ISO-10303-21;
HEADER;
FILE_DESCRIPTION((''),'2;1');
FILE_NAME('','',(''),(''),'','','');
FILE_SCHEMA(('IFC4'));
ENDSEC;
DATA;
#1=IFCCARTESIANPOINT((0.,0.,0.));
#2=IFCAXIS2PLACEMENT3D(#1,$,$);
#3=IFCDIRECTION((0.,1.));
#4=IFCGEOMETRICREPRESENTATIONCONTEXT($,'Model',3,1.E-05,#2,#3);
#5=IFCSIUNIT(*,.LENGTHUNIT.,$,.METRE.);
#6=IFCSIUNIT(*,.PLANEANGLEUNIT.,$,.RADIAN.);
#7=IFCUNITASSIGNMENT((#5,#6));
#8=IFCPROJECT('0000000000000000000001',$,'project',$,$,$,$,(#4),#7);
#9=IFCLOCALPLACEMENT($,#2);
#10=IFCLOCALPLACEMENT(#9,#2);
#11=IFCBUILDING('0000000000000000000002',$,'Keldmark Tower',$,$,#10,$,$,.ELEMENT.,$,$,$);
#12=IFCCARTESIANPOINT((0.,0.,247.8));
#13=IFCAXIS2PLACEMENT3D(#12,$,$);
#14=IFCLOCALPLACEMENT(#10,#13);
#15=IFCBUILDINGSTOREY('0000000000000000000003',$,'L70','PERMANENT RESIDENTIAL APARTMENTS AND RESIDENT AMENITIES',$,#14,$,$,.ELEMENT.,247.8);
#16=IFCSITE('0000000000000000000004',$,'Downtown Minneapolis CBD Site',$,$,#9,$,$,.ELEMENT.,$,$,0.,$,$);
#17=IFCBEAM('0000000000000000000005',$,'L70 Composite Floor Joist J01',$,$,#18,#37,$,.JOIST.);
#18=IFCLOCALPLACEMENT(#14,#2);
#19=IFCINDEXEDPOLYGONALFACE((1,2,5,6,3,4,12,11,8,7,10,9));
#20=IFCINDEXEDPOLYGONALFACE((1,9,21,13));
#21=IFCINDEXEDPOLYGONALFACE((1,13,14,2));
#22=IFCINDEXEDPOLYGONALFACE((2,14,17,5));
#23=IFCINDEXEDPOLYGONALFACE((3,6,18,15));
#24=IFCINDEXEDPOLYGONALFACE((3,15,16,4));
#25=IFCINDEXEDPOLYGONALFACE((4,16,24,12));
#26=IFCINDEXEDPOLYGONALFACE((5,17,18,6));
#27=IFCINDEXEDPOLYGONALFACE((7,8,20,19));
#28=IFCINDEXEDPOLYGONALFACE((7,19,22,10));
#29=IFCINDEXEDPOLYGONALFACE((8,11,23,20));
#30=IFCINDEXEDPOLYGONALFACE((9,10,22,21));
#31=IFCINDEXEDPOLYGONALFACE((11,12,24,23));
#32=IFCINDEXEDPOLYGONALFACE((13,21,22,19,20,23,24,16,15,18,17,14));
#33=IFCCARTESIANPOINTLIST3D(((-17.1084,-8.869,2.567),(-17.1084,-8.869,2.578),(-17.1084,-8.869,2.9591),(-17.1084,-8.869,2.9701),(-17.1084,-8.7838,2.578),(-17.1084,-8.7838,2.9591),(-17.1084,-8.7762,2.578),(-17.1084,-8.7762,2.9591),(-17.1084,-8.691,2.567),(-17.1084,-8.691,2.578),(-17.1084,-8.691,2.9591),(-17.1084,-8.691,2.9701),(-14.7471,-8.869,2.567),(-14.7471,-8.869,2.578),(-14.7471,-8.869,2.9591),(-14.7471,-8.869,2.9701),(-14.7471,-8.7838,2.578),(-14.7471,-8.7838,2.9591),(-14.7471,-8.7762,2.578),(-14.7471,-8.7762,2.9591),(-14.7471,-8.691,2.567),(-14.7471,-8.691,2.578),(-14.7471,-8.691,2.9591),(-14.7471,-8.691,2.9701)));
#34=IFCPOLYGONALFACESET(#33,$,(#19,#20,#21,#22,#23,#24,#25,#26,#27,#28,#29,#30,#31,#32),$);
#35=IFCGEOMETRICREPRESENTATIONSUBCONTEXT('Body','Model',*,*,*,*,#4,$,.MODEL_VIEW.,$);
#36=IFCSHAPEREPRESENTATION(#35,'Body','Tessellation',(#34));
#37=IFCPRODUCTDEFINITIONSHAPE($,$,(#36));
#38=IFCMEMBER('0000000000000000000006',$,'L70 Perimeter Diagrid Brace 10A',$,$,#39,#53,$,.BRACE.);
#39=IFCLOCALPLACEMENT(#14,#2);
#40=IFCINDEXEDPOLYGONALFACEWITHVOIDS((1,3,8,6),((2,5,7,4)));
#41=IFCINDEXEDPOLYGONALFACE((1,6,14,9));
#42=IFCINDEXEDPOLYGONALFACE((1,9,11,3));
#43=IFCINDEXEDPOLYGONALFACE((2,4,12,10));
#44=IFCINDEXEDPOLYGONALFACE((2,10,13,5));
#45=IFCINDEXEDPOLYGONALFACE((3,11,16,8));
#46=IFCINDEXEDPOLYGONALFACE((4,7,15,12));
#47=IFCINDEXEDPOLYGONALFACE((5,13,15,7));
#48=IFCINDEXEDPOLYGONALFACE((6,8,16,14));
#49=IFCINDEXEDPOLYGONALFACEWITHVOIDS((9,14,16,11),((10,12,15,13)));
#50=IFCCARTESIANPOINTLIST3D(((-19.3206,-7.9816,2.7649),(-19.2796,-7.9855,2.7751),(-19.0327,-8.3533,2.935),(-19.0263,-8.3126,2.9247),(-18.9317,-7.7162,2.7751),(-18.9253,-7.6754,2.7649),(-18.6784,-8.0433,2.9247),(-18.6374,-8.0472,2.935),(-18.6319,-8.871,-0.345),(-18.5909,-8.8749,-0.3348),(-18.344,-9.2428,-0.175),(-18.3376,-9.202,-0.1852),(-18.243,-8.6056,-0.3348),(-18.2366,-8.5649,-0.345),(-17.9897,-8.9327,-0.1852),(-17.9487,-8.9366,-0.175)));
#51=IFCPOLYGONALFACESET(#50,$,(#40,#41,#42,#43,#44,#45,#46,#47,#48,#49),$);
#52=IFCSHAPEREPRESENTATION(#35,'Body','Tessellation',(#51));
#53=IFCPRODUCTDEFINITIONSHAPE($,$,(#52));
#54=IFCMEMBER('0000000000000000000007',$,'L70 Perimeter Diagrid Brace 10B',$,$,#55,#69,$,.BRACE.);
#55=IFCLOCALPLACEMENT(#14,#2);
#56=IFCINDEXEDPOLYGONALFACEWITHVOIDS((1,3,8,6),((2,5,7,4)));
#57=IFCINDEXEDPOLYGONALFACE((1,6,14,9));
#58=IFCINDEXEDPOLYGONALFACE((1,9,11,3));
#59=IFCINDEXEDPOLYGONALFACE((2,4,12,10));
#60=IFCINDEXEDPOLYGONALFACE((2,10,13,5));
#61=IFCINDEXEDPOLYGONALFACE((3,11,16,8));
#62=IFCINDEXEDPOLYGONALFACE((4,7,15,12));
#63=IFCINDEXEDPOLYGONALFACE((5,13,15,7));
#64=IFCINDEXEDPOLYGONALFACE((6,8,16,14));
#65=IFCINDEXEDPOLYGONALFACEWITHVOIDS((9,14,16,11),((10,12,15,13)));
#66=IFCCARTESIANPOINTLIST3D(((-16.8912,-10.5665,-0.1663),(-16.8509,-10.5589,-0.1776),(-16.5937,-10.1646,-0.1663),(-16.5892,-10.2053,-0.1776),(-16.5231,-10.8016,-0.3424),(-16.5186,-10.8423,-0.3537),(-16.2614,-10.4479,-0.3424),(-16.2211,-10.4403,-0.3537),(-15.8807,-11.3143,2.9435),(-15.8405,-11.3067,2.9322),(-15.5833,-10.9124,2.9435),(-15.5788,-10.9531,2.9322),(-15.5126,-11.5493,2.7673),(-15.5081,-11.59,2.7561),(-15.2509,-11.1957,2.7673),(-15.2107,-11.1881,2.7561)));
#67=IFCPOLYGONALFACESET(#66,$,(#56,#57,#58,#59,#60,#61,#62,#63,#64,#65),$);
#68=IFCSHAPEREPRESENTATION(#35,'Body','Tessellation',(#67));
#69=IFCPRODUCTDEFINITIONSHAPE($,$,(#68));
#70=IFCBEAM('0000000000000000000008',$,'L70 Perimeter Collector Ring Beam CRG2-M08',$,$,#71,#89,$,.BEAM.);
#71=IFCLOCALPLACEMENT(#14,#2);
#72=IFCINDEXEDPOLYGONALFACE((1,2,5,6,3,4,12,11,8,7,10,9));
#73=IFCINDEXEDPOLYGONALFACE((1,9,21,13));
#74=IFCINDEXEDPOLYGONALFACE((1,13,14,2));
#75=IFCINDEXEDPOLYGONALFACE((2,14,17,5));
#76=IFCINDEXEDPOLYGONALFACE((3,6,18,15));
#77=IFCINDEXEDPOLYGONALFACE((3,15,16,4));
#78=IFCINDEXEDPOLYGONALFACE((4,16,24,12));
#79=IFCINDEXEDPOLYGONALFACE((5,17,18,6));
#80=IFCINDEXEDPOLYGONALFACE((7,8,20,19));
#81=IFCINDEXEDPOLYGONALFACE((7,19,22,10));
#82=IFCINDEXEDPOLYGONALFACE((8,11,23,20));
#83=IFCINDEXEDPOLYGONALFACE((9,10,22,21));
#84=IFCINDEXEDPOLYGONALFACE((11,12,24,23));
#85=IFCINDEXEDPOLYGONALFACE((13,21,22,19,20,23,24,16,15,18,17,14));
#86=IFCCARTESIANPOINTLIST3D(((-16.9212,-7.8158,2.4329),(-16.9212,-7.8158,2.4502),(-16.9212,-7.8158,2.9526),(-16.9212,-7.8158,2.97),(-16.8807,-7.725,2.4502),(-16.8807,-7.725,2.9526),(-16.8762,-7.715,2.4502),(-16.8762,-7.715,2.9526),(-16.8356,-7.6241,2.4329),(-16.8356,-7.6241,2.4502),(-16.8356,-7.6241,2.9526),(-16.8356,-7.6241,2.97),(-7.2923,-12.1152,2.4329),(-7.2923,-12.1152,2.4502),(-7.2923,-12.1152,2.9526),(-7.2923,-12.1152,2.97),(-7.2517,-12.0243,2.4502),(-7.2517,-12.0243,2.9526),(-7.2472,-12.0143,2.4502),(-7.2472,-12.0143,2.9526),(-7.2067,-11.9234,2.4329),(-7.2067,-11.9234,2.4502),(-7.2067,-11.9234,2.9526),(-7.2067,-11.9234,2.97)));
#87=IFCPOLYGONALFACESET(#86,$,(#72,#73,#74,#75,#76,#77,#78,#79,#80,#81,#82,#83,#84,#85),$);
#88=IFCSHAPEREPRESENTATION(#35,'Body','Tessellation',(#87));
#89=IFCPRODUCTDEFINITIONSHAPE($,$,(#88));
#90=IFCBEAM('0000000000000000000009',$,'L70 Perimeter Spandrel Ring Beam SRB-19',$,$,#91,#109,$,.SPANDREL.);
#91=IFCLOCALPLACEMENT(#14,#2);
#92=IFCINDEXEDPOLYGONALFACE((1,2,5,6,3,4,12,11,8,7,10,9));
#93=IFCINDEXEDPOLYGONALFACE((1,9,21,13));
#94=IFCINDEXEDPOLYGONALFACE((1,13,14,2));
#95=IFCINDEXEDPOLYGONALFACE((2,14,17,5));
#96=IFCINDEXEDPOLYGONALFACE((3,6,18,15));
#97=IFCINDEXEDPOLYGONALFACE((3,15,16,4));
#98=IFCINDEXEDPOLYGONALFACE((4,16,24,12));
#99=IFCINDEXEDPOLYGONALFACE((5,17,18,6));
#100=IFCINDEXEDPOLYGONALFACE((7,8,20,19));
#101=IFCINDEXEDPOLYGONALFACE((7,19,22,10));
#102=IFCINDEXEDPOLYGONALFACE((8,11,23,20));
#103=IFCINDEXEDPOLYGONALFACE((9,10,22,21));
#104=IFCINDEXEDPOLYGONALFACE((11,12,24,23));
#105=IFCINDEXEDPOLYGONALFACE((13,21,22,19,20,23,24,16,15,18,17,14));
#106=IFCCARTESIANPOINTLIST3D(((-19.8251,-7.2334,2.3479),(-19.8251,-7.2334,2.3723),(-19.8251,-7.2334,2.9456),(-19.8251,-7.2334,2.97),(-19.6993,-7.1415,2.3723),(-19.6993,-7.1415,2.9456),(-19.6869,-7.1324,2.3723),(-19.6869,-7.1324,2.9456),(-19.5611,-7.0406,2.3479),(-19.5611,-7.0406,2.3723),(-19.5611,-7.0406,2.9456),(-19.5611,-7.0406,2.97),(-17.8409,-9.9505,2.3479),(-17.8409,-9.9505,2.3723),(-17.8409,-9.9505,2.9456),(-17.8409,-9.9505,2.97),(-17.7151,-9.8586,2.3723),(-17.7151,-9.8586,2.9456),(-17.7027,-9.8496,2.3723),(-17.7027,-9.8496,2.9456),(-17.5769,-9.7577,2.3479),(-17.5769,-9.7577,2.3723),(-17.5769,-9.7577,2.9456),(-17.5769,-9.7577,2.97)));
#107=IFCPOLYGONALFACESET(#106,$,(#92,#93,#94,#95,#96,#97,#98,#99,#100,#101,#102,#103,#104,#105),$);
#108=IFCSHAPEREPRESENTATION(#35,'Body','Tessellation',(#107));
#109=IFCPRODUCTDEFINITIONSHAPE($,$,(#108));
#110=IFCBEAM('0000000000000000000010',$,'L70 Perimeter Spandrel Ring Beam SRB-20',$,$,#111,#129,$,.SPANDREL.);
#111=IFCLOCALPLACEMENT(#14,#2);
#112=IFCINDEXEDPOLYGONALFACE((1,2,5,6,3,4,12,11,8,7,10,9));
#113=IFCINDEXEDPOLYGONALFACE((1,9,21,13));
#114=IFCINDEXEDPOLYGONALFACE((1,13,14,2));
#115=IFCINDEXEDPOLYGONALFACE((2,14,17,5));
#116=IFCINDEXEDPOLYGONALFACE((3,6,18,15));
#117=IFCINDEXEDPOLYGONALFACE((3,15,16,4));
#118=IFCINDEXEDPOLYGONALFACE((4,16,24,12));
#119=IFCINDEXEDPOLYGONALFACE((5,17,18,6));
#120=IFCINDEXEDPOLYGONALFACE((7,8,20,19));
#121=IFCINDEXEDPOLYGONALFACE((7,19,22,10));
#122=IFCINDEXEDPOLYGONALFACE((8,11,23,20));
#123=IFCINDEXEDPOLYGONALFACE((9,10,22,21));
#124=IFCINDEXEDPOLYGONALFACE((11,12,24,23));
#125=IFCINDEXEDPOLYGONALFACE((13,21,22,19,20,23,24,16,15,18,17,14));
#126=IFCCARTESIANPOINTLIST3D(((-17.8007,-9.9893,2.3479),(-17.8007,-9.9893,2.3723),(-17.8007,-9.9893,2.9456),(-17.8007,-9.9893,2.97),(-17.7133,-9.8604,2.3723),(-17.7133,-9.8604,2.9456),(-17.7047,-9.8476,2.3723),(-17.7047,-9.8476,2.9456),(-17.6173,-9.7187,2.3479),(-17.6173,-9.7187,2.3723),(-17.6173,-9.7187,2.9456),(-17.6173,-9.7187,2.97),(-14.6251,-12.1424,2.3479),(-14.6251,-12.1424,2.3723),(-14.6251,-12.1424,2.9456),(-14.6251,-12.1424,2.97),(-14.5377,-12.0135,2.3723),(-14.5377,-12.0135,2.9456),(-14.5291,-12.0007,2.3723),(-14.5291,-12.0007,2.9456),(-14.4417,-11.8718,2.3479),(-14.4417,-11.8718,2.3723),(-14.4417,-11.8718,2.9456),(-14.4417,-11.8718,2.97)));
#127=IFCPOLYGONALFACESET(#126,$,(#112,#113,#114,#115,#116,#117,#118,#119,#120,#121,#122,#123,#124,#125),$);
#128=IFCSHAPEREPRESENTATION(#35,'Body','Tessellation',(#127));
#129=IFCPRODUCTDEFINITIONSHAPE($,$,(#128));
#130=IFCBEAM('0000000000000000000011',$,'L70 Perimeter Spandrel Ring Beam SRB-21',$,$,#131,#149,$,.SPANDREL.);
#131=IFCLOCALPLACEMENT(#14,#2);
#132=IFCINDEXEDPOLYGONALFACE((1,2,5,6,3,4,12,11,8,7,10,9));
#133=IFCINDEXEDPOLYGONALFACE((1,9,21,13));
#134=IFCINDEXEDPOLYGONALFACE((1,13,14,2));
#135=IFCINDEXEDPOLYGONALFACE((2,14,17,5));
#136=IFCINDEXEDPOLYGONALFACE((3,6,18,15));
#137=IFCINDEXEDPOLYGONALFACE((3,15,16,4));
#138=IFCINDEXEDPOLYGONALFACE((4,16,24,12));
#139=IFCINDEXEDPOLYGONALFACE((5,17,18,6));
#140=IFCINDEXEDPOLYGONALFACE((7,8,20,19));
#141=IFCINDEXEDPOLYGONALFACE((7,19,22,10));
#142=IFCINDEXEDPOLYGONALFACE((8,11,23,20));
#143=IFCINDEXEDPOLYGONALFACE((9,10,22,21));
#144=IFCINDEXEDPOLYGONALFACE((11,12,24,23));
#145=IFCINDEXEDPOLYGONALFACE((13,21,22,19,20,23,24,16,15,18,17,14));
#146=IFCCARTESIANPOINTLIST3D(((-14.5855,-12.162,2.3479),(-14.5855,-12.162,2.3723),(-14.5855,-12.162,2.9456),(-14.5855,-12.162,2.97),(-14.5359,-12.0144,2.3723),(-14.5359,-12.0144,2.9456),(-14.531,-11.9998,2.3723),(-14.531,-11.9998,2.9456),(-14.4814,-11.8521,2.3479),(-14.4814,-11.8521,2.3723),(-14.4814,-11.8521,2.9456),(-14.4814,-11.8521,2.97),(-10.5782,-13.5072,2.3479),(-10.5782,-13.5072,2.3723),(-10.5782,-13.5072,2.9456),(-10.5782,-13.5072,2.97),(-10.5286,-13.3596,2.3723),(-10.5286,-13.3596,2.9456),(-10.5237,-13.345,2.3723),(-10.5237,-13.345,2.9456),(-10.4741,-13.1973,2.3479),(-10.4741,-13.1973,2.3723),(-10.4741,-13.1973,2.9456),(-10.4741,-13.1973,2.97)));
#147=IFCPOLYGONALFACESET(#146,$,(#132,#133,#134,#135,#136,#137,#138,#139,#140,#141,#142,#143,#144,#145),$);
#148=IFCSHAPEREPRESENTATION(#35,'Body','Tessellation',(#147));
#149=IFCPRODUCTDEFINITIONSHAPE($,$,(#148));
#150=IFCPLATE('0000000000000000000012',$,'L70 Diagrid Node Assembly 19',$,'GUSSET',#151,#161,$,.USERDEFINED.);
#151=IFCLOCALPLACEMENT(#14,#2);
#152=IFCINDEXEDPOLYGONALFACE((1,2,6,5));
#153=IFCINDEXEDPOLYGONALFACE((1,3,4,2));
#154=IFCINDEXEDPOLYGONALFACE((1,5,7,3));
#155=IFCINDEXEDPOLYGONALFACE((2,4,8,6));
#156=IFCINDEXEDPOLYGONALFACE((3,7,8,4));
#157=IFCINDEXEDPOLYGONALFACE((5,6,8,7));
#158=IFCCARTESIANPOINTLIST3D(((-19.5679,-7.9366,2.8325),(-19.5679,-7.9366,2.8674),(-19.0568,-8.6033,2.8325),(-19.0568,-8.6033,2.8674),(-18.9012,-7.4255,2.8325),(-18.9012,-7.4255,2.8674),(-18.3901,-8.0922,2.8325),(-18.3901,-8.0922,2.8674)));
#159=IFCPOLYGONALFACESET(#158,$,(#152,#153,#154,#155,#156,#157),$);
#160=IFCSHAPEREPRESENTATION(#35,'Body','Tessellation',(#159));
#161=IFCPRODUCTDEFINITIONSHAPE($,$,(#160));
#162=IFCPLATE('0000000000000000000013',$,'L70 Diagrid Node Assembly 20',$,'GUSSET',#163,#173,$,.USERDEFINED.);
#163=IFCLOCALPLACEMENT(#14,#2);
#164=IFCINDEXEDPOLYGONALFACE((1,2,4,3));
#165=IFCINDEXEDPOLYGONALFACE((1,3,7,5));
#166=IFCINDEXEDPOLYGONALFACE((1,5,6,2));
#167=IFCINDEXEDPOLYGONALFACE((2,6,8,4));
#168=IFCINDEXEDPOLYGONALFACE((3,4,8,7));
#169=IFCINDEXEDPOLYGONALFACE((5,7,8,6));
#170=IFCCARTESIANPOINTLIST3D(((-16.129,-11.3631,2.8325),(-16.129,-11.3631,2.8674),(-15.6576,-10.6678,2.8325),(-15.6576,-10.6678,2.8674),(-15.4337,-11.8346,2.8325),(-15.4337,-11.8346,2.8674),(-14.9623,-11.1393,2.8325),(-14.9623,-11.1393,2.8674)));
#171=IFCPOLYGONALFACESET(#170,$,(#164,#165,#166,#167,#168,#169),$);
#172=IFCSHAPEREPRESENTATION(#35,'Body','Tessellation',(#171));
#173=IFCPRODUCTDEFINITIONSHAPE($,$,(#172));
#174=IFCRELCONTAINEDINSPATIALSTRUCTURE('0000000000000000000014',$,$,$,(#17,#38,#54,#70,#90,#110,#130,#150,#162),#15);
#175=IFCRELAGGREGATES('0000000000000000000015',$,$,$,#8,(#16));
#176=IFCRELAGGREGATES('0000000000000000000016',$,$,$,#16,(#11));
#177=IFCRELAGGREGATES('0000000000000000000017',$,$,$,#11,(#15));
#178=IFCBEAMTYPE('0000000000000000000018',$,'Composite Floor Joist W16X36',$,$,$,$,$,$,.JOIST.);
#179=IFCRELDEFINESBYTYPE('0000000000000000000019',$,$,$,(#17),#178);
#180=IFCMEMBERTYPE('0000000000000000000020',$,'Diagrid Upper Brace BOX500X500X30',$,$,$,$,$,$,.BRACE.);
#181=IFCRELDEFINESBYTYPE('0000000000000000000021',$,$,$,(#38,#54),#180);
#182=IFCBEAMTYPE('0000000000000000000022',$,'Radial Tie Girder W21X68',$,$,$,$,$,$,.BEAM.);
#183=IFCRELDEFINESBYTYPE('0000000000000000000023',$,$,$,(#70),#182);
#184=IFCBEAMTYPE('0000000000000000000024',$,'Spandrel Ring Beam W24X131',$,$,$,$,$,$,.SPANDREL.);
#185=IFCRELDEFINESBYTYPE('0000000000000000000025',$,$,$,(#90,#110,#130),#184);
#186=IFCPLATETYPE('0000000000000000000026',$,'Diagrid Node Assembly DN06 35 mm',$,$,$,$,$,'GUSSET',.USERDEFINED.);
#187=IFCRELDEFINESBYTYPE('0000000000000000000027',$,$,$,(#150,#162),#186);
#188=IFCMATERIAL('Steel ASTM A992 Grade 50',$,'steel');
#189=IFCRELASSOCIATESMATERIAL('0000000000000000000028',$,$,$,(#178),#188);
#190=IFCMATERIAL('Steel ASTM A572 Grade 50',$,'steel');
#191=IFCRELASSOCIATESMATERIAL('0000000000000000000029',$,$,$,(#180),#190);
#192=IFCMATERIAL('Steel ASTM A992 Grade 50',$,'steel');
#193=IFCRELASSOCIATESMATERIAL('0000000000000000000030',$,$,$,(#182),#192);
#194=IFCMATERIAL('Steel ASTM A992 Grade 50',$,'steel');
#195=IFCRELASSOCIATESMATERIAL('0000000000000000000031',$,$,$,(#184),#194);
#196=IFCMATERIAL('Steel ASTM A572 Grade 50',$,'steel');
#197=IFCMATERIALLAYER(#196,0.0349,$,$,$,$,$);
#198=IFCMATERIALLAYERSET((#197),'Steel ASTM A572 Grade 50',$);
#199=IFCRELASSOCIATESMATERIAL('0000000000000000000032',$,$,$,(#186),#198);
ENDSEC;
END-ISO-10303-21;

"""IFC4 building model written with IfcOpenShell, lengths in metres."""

from ifc_helpers import new_model, si_unit, direction, frame, origin, origin_2d, place, context, subcontext, project, spatial, rectangle, hollow_rectangle, i_section, extrude, material, layer, layer_set, material_profile, profile_set, type_object, element, save


model = new_model("IFC4")

# Units and contexts
model_context = context("Model", 3, precision=1e-05, world=origin(), true_north=direction((0.0, 1.0)))
body_context = subcontext(model_context, "Body", "Model", "MODEL_VIEW")
ifc_project = project(units=[si_unit("LENGTHUNIT", "METRE"), si_unit("PLANEANGLEUNIT", "RADIAN")], contexts=[model_context])

# Site, building, storey
site_placement = place(None, origin())
site = spatial("IfcSite", under=ifc_project, at=site_placement, Name="Downtown Minneapolis CBD Site", CompositionType="ELEMENT", RefElevation=0.0)
building_placement = place(site_placement, origin())
building = spatial("IfcBuilding", under=site, at=building_placement, Name="Keldmark Tower", CompositionType="ELEMENT")
storey_placement = place(building_placement, frame((0.0, 0.0, 247.8)))
storey = spatial("IfcBuildingStorey", under=building, at=storey_placement, Name="L70", Description="PERMANENT RESIDENTIAL APARTMENTS AND RESIDENT AMENITIES", CompositionType="ELEMENT", Elevation=247.8)

# Beam
ifc_material_1 = material(Name="Steel ASTM A992 Grade 50", Category="steel")
ifc_material_profile_1 = material_profile(ifc_material_1, i_section(OverallWidth=0.178, OverallDepth=0.4031, WebThickness=0.0076, FlangeThickness=0.011, at=origin_2d()), Name="W16X36")
ifc_profile_set_1 = profile_set([ifc_material_profile_1], Name="Steel ASTM A992 Grade 50")
beam_type_1 = type_object("IfcBeamType", Name="Composite Floor Joist W16X36", PredefinedType="JOIST", material=ifc_profile_set_1)
beam_1_placement = place(storey_placement, frame((-17.1084, -8.78, 2.7686), z_axis=(1.0, 0.0, 0.0), x_axis=(0.0, 1.0, 0.0)))
element("IfcBeam", 1, at=beam_1_placement, inside=storey, type_object=beam_type_1, Name="L70 Composite Floor Joist J01", PredefinedType="JOIST", context=body_context, shape_type="SweptSolid", body=[
    extrude(i_section(OverallWidth=0.178, OverallDepth=0.4031, WebThickness=0.0076, FlangeThickness=0.011, at=origin_2d()), origin(), (0.0, 0.0, 1.0), 2.3613),
])

# Members
ifc_material_2 = material(Name="Steel ASTM A572 Grade 50", Category="steel")
ifc_material_profile_2 = material_profile(ifc_material_2, hollow_rectangle(XDim=0.5, YDim=0.5, WallThickness=0.03, at=origin_2d()), Name="BOX500X500X30")
ifc_profile_set_2 = profile_set([ifc_material_profile_2], Name="Steel ASTM A572 Grade 50")
member_type = type_object("IfcMemberType", Name="Diagrid Upper Brace BOX500X500X30", PredefinedType="BRACE", material=ifc_profile_set_2)
member_1_placement = place(storey_placement, frame((-18.2903, -8.9038, -0.26), z_axis=(-0.208258, 0.268941, 0.940372), x_axis=(-0.790659, -0.612256, 0.0)))
element("IfcMember", 2, at=member_1_placement, inside=storey, type_object=member_type, Name="L70 Perimeter Diagrid Brace 10A", PredefinedType="BRACE", context=body_context, shape_type="SweptSolid", body=[
    extrude(hollow_rectangle(XDim=0.5, YDim=0.5, WallThickness=0.03, at=origin_2d()), origin(), (0.0, 0.0, 1.0), 3.3071),
])
member_2_placement = place(storey_placement, frame((-16.5562, -10.5034, -0.26), z_axis=(0.301251, -0.222936, 0.927118), x_axis=(0.594861, 0.803829, 0.0)))
element("IfcMember", 3, at=member_2_placement, inside=storey, type_object=member_type, Name="L70 Perimeter Diagrid Brace 10B", PredefinedType="BRACE", context=body_context, shape_type="SweptSolid", body=[
    extrude(hollow_rectangle(XDim=0.5, YDim=0.5, WallThickness=0.03, at=origin_2d()), origin(), (0.0, 0.0, 1.0), 3.3542),
])

# Beams
ifc_material_3 = material(Name="Steel ASTM A992 Grade 50", Category="steel")
ifc_material_profile_3 = material_profile(ifc_material_3, i_section(OverallWidth=0.21, OverallDepth=0.5371, WebThickness=0.011, FlangeThickness=0.0173, at=origin_2d()), Name="W21X68")
ifc_profile_set_3 = profile_set([ifc_material_profile_3], Name="Steel ASTM A992 Grade 50")
beam_type_2 = type_object("IfcBeamType", Name="Radial Tie Girder W21X68", PredefinedType="BEAM", material=ifc_profile_set_3)
beam_2_placement = place(storey_placement, frame((-16.8784, -7.72, 2.7014), z_axis=(0.913113, -0.407706, 0.0), x_axis=(0.407706, 0.913113, 0.0)))
element("IfcBeam", 4, at=beam_2_placement, inside=storey, type_object=beam_type_2, Name="L70 Perimeter Collector Ring Beam CRG2-M08", PredefinedType="BEAM", context=body_context, shape_type="SweptSolid", body=[
    extrude(i_section(OverallWidth=0.21, OverallDepth=0.5371, WebThickness=0.011, FlangeThickness=0.0173, at=origin_2d()), origin(), (0.0, 0.0, 1.0), 10.5452),
])
ifc_material_4 = material(Name="Steel ASTM A992 Grade 50", Category="steel")
ifc_material_profile_4 = material_profile(ifc_material_4, i_section(OverallWidth=0.3269, OverallDepth=0.6221, WebThickness=0.0154, FlangeThickness=0.0244, at=origin_2d()), Name="W24X131")
ifc_profile_set_4 = profile_set([ifc_material_profile_4], Name="Steel ASTM A992 Grade 50")
beam_type_3 = type_object("IfcBeamType", Name="Spandrel Ring Beam W24X131", PredefinedType="SPANDREL", material=ifc_profile_set_4)
beam_3_placement = place(storey_placement, frame((-19.6931, -7.137, 2.6589), z_axis=(0.589745, -0.807589, 0.0), x_axis=(0.807589, 0.589745, 0.0)))
element("IfcBeam", 5, at=beam_3_placement, inside=storey, type_object=beam_type_3, Name="L70 Perimeter Spandrel Ring Beam SRB-19", PredefinedType="SPANDREL", context=body_context, shape_type="SweptSolid", body=[
    extrude(i_section(OverallWidth=0.3269, OverallDepth=0.6221, WebThickness=0.0154, FlangeThickness=0.0244, at=origin_2d()), origin(), (0.0, 0.0, 1.0), 3.3645),
])
beam_4_placement = place(storey_placement, frame((-17.709, -9.854, 2.6589), z_axis=(0.827688, -0.561189, 0.0), x_axis=(0.561189, 0.827688, 0.0)))
element("IfcBeam", 6, at=beam_4_placement, inside=storey, type_object=beam_type_3, Name="L70 Perimeter Spandrel Ring Beam SRB-20", PredefinedType="SPANDREL", context=body_context, shape_type="SweptSolid", body=[
    extrude(i_section(OverallWidth=0.3269, OverallDepth=0.6221, WebThickness=0.0154, FlangeThickness=0.0244, at=origin_2d()), origin(), (0.0, 0.0, 1.0), 3.8367),
])
beam_5_placement = place(storey_placement, frame((-14.5334, -12.0071, 2.6589), z_axis=(0.948011, -0.318237, 0.0), x_axis=(0.318237, 0.948011, 0.0)))
element("IfcBeam", 7, at=beam_5_placement, inside=storey, type_object=beam_type_3, Name="L70 Perimeter Spandrel Ring Beam SRB-21", PredefinedType="SPANDREL", context=body_context, shape_type="SweptSolid", body=[
    extrude(i_section(OverallWidth=0.3269, OverallDepth=0.6221, WebThickness=0.0154, FlangeThickness=0.0244, at=origin_2d()), origin(), (0.0, 0.0, 1.0), 4.2271),
])

# Plates
ifc_material_5 = material(Name="Steel ASTM A572 Grade 50", Category="steel")
ifc_layer_1 = layer(ifc_material_5, 0.0349)
ifc_layer_set_1 = layer_set([ifc_layer_1], Name="Steel ASTM A572 Grade 50")
plate_type = type_object("IfcPlateType", Name="Diagrid Node Assembly DN06 35 mm", ElementType="GUSSET", PredefinedType="USERDEFINED", material=ifc_layer_set_1)
for number, where, z_axis, x_axis, name in (
    (8, (-18.979, -8.0144, 2.8325), (0.0, 0.0, 1.0), (0.608346, -0.793672, 0.0), "L70 Diagrid Node Assembly 19"),
    (9, (-15.5457, -11.2512, 2.8325), (0.0, 0.0, 1.0), (0.827669, -0.561217, 0.0), "L70 Diagrid Node Assembly 20"),
):
    element("IfcPlate", number, at=place(storey_placement, frame(where, z_axis=z_axis, x_axis=x_axis)), inside=storey, type_object=plate_type, Name=name, ObjectType="GUSSET", PredefinedType="USERDEFINED", context=body_context, shape_type="SweptSolid", body=[
        extrude(rectangle(XDim=0.8401, YDim=0.8401, at=origin_2d()), origin(), (0.0, 0.0, 1.0), 0.0349),
    ])

save(model, "model.ifc")
